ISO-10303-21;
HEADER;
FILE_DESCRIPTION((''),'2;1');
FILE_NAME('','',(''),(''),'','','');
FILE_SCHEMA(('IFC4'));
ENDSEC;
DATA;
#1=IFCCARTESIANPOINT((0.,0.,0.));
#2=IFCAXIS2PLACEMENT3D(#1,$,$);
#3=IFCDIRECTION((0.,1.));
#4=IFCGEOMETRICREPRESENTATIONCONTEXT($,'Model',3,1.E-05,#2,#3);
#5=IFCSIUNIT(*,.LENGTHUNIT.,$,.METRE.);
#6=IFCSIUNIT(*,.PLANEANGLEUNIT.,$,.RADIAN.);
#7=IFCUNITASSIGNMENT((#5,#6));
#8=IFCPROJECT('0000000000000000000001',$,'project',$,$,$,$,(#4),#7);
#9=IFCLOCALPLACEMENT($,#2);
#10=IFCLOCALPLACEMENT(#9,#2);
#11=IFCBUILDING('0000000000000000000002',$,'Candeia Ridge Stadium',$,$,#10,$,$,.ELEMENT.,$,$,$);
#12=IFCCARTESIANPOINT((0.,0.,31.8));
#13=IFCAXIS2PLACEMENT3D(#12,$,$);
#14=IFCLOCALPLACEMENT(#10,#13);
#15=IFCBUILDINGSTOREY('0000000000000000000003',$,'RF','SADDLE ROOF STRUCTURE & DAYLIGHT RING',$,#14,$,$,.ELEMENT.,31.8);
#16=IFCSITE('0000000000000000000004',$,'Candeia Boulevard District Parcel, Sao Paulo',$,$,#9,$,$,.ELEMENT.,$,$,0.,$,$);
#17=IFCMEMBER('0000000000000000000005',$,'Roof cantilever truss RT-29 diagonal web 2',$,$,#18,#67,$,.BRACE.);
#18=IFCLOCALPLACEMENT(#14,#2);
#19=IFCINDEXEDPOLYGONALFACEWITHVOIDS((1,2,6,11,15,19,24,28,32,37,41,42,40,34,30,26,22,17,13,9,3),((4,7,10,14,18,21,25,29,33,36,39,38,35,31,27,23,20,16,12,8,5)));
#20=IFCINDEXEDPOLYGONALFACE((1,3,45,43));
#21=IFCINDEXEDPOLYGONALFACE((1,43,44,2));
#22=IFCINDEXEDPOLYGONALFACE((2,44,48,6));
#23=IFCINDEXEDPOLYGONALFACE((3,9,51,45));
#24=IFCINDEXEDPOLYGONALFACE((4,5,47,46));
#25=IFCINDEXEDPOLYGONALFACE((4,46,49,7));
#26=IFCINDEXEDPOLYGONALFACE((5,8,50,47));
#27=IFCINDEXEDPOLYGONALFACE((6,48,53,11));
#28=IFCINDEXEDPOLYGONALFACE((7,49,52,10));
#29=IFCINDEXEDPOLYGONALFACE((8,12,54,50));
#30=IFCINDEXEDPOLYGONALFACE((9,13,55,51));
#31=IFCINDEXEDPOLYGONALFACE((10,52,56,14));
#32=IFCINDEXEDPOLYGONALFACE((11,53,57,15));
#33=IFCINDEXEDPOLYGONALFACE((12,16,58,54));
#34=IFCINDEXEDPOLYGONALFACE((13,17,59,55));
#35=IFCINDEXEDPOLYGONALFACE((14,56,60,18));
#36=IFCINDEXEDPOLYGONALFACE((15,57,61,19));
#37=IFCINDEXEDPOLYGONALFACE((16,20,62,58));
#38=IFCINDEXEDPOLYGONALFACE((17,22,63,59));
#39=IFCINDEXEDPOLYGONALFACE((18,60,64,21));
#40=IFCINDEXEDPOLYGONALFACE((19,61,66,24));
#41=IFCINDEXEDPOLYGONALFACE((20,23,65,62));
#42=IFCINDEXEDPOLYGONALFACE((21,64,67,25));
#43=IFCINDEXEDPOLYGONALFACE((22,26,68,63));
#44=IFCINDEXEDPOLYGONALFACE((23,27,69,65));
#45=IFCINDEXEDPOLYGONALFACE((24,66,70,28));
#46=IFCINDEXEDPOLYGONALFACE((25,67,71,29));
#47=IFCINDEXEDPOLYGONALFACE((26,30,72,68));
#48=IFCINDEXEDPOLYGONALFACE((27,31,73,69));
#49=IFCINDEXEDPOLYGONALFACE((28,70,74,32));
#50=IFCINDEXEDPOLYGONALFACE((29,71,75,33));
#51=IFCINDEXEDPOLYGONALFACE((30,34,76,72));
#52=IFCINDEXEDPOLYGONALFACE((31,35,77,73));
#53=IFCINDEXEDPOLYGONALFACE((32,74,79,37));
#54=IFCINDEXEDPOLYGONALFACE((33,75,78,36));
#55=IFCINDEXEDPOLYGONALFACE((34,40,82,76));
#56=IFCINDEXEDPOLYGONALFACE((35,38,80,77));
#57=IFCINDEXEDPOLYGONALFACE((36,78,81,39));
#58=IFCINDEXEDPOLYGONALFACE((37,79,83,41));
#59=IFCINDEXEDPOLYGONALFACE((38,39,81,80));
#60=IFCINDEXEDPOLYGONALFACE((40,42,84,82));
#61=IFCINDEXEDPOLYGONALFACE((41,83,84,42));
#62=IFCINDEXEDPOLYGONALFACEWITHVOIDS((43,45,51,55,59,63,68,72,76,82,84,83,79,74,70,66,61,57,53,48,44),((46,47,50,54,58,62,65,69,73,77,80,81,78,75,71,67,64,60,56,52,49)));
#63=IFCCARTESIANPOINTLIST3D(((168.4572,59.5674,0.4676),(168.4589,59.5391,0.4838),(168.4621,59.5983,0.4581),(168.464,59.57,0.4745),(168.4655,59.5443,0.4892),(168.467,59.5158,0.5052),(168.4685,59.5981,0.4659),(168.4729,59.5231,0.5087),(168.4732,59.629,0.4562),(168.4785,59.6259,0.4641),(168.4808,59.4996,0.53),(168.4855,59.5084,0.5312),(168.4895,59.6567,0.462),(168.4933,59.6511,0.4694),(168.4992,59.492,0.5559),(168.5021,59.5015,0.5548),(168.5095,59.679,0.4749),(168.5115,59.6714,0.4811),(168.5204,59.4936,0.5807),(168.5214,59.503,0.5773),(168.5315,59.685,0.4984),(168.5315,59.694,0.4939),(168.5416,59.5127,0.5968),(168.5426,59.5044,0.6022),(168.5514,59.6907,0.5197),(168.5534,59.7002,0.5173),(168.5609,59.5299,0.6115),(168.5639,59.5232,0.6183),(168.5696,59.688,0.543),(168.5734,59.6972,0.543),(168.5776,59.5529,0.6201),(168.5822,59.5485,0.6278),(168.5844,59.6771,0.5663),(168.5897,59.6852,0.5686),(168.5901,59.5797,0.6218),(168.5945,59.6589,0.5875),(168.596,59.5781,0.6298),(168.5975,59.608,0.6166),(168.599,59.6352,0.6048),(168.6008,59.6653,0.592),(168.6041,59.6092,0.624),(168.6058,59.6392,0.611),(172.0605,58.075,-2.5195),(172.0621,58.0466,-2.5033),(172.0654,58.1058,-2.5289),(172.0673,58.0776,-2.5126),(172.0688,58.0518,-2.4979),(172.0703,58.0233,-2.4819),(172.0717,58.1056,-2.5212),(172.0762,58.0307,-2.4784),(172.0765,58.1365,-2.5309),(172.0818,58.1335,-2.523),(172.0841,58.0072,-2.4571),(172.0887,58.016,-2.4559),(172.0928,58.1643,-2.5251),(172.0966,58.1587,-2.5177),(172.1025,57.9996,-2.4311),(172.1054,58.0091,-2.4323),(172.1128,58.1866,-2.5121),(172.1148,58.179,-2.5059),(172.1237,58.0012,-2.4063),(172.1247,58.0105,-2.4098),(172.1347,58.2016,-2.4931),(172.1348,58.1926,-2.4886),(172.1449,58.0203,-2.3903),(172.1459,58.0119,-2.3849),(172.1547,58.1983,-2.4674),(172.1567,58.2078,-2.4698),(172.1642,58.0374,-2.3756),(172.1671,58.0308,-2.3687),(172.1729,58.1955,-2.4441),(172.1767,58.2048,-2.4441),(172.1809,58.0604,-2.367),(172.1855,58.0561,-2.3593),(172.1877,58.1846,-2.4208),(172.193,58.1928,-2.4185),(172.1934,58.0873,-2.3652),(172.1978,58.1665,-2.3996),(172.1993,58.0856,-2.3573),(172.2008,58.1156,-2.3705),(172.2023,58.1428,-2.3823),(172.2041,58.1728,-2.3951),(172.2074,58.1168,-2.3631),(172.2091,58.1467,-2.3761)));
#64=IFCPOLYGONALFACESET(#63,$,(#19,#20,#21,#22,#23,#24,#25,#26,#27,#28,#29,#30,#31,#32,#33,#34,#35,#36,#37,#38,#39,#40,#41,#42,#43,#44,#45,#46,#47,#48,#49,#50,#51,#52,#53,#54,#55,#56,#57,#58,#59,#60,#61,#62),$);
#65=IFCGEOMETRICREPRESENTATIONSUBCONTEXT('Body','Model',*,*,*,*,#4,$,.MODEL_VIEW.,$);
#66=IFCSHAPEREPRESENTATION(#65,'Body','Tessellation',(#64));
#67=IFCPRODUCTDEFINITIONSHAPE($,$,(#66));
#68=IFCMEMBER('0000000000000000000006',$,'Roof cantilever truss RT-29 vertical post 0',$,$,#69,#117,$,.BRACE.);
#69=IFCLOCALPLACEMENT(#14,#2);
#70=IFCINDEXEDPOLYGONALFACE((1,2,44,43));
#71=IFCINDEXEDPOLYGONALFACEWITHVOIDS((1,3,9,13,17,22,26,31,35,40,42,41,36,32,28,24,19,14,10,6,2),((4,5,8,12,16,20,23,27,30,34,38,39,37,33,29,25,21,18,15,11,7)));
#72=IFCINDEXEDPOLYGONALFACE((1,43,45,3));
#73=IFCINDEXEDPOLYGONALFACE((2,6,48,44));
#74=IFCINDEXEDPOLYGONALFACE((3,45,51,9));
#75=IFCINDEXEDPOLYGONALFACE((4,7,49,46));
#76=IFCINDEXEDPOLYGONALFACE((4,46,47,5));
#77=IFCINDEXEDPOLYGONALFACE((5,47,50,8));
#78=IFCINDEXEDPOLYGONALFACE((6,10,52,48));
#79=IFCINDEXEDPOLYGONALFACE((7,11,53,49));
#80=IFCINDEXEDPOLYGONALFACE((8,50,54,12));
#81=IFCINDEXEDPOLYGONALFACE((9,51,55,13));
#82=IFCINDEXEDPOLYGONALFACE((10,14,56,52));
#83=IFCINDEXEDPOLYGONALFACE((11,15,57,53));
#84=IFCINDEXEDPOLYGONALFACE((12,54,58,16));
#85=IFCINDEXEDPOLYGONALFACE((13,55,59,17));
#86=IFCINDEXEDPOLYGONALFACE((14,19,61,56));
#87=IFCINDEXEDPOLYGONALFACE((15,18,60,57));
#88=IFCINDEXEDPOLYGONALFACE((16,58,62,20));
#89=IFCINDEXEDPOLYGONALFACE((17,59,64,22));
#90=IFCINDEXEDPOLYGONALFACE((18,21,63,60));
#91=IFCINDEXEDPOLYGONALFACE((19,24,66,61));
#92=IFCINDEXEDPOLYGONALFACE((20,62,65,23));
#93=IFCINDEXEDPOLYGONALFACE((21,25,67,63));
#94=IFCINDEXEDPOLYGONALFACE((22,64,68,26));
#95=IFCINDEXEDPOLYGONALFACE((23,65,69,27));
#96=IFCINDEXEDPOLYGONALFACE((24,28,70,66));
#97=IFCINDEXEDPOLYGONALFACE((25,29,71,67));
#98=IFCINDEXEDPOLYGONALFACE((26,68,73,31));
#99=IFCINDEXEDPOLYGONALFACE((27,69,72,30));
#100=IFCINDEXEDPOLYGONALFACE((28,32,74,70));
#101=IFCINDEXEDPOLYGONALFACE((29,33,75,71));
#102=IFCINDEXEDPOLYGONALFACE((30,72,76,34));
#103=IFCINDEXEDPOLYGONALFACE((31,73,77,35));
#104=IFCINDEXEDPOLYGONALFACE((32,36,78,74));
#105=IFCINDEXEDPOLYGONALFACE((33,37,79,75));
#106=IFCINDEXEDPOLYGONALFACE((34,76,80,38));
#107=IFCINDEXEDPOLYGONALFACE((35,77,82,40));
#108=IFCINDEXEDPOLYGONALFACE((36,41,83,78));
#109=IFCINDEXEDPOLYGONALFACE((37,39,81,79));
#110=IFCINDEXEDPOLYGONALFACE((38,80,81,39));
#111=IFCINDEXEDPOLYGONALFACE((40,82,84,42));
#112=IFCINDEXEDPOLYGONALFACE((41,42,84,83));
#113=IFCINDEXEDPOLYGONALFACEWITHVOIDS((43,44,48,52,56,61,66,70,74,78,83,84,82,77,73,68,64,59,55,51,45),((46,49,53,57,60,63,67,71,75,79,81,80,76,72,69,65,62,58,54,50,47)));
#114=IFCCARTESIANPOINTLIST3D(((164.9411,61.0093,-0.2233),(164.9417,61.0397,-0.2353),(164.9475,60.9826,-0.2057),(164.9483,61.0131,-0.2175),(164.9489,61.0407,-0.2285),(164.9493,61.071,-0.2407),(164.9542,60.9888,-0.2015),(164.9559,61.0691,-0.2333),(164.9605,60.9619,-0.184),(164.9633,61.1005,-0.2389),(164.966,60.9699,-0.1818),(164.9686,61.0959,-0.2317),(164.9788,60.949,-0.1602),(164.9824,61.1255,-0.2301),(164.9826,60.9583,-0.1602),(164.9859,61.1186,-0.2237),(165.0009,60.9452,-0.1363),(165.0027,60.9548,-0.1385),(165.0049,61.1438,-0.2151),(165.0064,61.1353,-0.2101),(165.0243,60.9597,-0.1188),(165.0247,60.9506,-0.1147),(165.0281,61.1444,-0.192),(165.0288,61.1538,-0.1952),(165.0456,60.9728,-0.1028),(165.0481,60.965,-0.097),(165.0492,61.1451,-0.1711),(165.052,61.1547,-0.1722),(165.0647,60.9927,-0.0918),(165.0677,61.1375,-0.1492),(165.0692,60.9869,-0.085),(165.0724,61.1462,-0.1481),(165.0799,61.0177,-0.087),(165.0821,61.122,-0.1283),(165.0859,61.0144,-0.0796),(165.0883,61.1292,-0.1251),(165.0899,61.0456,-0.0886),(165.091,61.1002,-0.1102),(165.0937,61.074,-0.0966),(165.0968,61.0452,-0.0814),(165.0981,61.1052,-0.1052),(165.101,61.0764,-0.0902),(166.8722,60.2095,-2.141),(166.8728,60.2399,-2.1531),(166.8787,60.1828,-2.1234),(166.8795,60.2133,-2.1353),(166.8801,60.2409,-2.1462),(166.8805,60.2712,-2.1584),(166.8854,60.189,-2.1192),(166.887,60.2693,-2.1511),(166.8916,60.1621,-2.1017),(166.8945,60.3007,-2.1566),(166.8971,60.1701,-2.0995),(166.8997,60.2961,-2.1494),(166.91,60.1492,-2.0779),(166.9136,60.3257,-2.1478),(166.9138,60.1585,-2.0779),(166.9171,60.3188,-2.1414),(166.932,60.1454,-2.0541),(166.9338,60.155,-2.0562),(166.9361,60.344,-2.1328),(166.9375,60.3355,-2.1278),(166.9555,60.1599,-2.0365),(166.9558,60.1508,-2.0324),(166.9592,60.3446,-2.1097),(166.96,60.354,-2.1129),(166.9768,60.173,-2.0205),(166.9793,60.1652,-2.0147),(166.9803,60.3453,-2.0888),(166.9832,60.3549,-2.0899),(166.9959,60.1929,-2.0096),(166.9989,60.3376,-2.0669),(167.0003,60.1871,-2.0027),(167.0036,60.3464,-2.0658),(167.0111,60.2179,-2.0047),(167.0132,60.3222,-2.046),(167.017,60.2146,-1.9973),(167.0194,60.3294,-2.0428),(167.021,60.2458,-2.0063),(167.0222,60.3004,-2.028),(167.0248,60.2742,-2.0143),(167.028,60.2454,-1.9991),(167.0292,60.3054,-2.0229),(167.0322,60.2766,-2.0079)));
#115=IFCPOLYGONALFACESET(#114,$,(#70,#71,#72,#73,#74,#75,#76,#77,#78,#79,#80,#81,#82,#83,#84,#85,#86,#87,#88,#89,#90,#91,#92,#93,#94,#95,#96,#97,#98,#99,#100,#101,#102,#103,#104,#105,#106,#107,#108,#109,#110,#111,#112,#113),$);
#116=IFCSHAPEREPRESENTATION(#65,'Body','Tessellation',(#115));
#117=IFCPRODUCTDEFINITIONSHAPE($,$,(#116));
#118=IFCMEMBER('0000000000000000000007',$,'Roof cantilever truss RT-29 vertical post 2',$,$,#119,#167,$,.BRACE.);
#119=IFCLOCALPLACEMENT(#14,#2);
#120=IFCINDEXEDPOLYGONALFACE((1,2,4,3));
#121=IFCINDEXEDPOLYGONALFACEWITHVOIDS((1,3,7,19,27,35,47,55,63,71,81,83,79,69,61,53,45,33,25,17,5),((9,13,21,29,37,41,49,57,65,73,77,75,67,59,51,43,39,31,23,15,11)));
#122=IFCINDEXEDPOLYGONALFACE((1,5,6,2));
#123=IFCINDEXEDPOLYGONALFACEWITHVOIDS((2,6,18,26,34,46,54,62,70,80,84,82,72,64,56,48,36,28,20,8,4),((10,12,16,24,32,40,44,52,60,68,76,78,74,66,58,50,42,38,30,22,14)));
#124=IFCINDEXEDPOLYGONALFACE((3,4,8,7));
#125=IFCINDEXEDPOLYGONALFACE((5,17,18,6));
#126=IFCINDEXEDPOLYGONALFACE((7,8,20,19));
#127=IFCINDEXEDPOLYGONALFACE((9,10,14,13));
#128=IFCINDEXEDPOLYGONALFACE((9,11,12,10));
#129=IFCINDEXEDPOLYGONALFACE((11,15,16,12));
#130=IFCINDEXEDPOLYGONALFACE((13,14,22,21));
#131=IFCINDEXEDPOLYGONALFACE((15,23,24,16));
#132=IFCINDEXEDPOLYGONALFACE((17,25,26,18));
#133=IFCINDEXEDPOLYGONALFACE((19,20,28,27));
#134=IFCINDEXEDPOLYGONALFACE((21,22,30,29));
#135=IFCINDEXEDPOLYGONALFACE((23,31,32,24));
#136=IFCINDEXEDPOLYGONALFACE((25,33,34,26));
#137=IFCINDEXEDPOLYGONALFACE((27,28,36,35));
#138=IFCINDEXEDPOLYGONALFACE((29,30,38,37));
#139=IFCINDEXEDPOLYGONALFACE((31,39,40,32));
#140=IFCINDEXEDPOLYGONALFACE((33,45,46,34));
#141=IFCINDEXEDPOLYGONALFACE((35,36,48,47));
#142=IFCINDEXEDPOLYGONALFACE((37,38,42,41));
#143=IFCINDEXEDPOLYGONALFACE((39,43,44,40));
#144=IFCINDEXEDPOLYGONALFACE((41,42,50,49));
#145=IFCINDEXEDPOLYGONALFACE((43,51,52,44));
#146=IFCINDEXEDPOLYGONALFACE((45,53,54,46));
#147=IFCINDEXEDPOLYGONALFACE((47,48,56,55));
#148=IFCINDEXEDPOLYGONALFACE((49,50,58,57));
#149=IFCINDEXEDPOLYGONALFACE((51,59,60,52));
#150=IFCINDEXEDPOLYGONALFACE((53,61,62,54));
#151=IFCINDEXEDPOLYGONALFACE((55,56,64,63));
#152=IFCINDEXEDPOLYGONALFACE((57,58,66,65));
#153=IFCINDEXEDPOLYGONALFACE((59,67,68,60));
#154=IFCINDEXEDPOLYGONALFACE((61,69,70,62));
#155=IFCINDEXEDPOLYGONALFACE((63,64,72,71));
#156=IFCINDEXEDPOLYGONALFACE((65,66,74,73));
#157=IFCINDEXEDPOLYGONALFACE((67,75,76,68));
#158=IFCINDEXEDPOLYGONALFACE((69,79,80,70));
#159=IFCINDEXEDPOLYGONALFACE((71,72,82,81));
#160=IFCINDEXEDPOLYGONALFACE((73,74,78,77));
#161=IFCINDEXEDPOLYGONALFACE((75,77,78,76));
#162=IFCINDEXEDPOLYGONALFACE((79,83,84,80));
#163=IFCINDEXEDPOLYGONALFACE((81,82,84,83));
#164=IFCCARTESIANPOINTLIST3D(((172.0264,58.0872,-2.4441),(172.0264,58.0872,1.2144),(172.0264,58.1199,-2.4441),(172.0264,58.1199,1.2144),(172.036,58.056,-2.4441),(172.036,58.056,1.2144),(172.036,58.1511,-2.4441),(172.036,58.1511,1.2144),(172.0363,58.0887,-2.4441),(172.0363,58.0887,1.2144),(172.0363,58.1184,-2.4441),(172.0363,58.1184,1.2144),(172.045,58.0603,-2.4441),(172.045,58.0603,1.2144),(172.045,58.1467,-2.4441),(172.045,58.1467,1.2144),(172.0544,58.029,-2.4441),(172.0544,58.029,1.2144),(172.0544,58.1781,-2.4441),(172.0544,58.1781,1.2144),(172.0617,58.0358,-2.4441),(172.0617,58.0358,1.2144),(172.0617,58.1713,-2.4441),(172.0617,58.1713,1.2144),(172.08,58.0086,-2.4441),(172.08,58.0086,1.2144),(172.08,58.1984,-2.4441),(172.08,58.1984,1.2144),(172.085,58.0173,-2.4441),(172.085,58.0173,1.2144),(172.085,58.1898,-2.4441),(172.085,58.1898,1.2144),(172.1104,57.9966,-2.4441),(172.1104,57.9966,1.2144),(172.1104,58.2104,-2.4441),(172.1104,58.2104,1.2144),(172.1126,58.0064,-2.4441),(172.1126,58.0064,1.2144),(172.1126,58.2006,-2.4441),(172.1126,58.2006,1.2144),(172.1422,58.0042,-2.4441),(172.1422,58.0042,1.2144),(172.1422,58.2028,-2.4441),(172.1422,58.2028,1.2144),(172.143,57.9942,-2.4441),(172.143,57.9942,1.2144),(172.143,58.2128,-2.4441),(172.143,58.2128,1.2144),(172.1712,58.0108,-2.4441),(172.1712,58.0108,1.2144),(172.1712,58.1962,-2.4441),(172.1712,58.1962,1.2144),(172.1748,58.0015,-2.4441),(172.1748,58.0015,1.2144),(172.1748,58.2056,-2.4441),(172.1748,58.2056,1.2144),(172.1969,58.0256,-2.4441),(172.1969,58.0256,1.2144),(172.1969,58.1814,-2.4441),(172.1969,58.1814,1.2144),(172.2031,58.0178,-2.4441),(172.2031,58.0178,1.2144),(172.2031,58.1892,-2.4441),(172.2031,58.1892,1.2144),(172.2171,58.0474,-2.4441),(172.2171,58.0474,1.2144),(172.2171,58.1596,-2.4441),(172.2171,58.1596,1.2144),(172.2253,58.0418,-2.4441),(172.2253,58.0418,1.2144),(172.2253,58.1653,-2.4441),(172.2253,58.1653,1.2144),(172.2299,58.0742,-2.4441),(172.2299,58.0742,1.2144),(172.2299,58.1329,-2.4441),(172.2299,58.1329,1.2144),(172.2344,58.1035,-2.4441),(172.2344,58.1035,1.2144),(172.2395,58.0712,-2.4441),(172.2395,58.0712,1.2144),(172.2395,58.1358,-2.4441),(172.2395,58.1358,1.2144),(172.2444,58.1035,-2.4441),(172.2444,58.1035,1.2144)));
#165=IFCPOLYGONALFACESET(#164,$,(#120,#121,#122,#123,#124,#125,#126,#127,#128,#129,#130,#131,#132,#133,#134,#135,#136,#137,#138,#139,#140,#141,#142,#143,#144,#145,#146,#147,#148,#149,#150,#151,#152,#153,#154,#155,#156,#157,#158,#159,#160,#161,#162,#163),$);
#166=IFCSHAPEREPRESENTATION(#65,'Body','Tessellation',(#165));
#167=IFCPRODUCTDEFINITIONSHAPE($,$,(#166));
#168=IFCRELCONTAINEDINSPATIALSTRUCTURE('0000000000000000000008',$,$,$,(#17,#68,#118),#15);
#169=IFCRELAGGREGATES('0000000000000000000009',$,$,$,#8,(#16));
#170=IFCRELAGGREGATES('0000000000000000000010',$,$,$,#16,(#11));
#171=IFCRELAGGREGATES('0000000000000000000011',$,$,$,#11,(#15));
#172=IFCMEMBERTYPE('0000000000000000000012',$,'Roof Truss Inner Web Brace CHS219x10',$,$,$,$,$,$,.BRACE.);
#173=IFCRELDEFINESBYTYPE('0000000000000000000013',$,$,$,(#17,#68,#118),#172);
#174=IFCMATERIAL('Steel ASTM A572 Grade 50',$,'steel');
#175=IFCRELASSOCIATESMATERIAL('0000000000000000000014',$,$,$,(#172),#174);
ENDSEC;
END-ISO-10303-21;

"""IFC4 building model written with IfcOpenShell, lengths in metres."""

from ifc_helpers import new_model, si_unit, direction, frame, origin, origin_2d, place, context, subcontext, project, spatial, hollow_circle, extrude, material, material_profile, profile_set, type_object, element, save


model = new_model("IFC4")

# Units and contexts
model_context = context("Model", 3, precision=1e-05, world=origin(), true_north=direction((0.0, 1.0)))
body_context = subcontext(model_context, "Body", "Model", "MODEL_VIEW")
ifc_project = project(units=[si_unit("LENGTHUNIT", "METRE"), si_unit("PLANEANGLEUNIT", "RADIAN")], contexts=[model_context])

# Site, building, storey
site_placement = place(None, origin())
site = spatial("IfcSite", under=ifc_project, at=site_placement, Name="Candeia Boulevard District Parcel, Sao Paulo", CompositionType="ELEMENT", RefElevation=0.0)
building_placement = place(site_placement, origin())
building = spatial("IfcBuilding", under=site, at=building_placement, Name="Candeia Ridge Stadium", CompositionType="ELEMENT")
storey_placement = place(building_placement, frame((0.0, 0.0, 31.8)))
storey = spatial("IfcBuildingStorey", under=building, at=storey_placement, Name="RF", Description="SADDLE ROOF STRUCTURE & DAYLIGHT RING", CompositionType="ELEMENT", Elevation=31.8)

# Shared definitions
ifc_material_1 = material(Name="Steel ASTM A572 Grade 50", Category="steel")

# Members
ifc_material_profile_1 = material_profile(ifc_material_1, hollow_circle(Radius=0.1096, WallThickness=0.01, at=origin_2d()), Name="CHS219x10", Category="steel")
ifc_profile_set_1 = profile_set([ifc_material_profile_1], Name="Steel ASTM A572 Grade 50")
member_type_1 = type_object("IfcMemberType", Name="Roof Truss Inner Web Brace CHS219x10", PredefinedType="BRACE", material=ifc_profile_set_1)
member_1_placement = place(storey_placement, frame((168.5315, 59.5959, 0.543), z_axis=(0.733478, -0.303798, -0.608043), x_axis=(0.382663, 0.923888, 0.0)))
element("IfcMember", 1, at=member_1_placement, inside=storey, type_object=member_type_1, Name="Roof cantilever truss RT-29 diagonal web 2", PredefinedType="BRACE", context=body_context, shape_type="SweptSolid", body=[
    extrude(hollow_circle(Radius=0.1096, WallThickness=0.01, at=origin_2d()), origin(), (0.0, 0.0, 1.0), 4.9126),
])
member_2_placement = place(storey_placement, frame((166.9519, 60.2505, -2.0779), z_axis=(-0.680781, 0.281952, 0.676048), x_axis=(-0.382641, -0.923897, 0.0)))
element("IfcMember", 2, at=member_2_placement, inside=storey, type_object=member_type_1, Name="Roof cantilever truss RT-29 vertical post 0", PredefinedType="BRACE", context=body_context, shape_type="SweptSolid", body=[
    extrude(hollow_circle(Radius=0.1096, WallThickness=0.01, at=origin_2d()), origin(), (0.0, 0.0, 1.0), 2.8367),
])
member_3_placement = place(storey_placement, frame((172.1348, 58.1035, -2.4441), z_axis=(0.0, 0.0, 1.0), x_axis=(1.0, 0.0, 0.0)))
element("IfcMember", 3, at=member_3_placement, inside=storey, type_object=member_type_1, Name="Roof cantilever truss RT-29 vertical post 2", PredefinedType="BRACE", context=body_context, shape_type="SweptSolid", body=[
    extrude(hollow_circle(Radius=0.1096, WallThickness=0.01, at=origin_2d()), origin(), (0.0, 0.0, 1.0), 3.6584),
])

save(model, "model.ifc")
